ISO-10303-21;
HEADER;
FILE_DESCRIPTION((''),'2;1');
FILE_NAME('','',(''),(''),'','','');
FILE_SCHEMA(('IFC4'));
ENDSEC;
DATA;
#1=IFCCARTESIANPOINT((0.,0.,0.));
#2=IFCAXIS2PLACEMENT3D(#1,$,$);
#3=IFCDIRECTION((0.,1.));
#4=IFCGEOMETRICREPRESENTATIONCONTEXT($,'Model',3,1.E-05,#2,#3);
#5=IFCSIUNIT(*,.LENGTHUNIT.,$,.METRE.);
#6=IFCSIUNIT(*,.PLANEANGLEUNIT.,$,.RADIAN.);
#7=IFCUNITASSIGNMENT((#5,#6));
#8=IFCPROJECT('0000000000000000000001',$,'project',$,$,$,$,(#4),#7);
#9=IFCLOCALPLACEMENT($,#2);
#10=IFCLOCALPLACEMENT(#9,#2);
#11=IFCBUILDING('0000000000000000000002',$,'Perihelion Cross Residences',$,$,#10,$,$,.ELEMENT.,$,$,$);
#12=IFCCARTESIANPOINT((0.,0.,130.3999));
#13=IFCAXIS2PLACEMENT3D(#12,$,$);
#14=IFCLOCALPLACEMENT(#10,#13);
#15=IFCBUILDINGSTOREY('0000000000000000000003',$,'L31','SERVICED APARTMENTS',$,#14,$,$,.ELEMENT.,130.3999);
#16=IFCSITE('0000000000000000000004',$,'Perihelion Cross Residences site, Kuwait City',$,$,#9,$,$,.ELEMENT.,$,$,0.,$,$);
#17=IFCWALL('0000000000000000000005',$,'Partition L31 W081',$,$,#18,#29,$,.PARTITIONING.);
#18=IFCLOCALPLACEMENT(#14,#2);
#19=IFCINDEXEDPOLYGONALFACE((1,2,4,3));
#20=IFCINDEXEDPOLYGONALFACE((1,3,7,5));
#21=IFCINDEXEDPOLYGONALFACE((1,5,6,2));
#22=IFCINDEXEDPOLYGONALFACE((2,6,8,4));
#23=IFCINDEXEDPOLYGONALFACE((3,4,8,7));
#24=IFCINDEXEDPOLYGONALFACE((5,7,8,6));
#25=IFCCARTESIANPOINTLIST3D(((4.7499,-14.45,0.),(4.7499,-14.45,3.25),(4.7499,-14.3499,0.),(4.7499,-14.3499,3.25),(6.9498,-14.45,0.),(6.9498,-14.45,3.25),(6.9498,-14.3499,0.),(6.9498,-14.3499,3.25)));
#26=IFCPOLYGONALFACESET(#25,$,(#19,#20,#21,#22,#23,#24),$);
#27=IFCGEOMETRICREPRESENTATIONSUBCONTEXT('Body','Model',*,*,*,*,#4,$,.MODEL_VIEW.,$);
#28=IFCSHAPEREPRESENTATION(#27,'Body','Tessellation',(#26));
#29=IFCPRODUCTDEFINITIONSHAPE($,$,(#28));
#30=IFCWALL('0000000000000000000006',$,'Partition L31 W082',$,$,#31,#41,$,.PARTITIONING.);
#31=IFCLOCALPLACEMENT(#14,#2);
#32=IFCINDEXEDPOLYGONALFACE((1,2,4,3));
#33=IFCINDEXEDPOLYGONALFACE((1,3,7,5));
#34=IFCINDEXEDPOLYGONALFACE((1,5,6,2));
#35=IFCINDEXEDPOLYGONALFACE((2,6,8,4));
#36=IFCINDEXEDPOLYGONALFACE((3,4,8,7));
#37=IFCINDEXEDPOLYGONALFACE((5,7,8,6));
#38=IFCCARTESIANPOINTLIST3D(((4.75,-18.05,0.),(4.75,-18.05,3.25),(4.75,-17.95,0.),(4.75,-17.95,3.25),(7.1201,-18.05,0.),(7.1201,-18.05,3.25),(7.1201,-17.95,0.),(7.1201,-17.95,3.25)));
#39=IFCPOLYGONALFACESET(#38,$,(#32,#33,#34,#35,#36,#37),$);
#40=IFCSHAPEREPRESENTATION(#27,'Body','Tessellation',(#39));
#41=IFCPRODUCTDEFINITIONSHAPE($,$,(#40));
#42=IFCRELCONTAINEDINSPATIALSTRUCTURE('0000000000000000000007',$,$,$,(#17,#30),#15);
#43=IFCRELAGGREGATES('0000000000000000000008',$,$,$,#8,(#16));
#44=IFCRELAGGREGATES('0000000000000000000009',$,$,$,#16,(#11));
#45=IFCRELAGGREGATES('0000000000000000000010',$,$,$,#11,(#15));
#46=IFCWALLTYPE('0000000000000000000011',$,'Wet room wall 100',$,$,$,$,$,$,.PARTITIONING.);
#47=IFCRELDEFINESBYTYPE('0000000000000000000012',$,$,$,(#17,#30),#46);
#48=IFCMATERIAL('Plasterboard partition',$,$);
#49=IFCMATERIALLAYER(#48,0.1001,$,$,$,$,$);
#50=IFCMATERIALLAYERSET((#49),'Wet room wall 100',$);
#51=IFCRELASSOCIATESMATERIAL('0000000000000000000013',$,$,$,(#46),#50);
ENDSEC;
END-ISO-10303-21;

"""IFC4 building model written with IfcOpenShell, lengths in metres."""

from ifc_helpers import new_model, si_unit, direction, frame, frame_2d, origin, place, context, subcontext, project, spatial, rectangle, extrude, material, layer, layer_set, type_object, element, save


model = new_model("IFC4")

# Units and contexts
model_context = context("Model", 3, precision=1e-05, world=origin(), true_north=direction((0.0, 1.0)))
body_context = subcontext(model_context, "Body", "Model", "MODEL_VIEW")
ifc_project = project(units=[si_unit("LENGTHUNIT", "METRE"), si_unit("PLANEANGLEUNIT", "RADIAN")], contexts=[model_context])

# Site, building, storey
site_placement = place(None, origin())
site = spatial("IfcSite", under=ifc_project, at=site_placement, Name="Perihelion Cross Residences site, Kuwait City", CompositionType="ELEMENT", RefElevation=0.0)
building_placement = place(site_placement, origin())
building = spatial("IfcBuilding", under=site, at=building_placement, Name="Perihelion Cross Residences", CompositionType="ELEMENT")
storey_placement = place(building_placement, frame((0.0, 0.0, 130.3999)))
storey = spatial("IfcBuildingStorey", under=building, at=storey_placement, Name="L31", Description="SERVICED APARTMENTS", CompositionType="ELEMENT", Elevation=130.3999)

# Shared definitions
ifc_material_1 = material(Name="Plasterboard partition")
ifc_layer_1 = layer(ifc_material_1, 0.1001)
ifc_layer_set_1 = layer_set([ifc_layer_1], Name="Wet room wall 100")
wall_type_1 = type_object("IfcWallType", Name="Wet room wall 100", PredefinedType="PARTITIONING", material=ifc_layer_set_1)

# Walls
wall_1_placement = place(storey_placement, frame((6.95, -14.3999, 0.0), z_axis=(0.0, 0.0, 1.0), x_axis=(-1.0, 0.0, 0.0)))
element("IfcWall", 1, at=wall_1_placement, inside=storey, type_object=wall_type_1, Name="Partition L31 W081", PredefinedType="PARTITIONING", context=body_context, shape_type="SweptSolid", body=[
    extrude(rectangle(XDim=2.2, YDim=0.1001, at=frame_2d((1.1001, 0.0))), origin(), (0.0, 0.0, 1.0), 3.25),
])
wall_2_placement = place(storey_placement, frame((7.1201, -18.0, 0.0), z_axis=(0.0, 0.0, 1.0), x_axis=(-1.0, 0.0, 0.0)))
element("IfcWall", 2, at=wall_2_placement, inside=storey, type_object=wall_type_1, Name="Partition L31 W082", PredefinedType="PARTITIONING", context=body_context, shape_type="SweptSolid", body=[
    extrude(rectangle(XDim=2.3701, YDim=0.1001, at=frame_2d((1.1851, 0.0))), origin(), (0.0, 0.0, 1.0), 3.25),
])

save(model, "model.ifc")
